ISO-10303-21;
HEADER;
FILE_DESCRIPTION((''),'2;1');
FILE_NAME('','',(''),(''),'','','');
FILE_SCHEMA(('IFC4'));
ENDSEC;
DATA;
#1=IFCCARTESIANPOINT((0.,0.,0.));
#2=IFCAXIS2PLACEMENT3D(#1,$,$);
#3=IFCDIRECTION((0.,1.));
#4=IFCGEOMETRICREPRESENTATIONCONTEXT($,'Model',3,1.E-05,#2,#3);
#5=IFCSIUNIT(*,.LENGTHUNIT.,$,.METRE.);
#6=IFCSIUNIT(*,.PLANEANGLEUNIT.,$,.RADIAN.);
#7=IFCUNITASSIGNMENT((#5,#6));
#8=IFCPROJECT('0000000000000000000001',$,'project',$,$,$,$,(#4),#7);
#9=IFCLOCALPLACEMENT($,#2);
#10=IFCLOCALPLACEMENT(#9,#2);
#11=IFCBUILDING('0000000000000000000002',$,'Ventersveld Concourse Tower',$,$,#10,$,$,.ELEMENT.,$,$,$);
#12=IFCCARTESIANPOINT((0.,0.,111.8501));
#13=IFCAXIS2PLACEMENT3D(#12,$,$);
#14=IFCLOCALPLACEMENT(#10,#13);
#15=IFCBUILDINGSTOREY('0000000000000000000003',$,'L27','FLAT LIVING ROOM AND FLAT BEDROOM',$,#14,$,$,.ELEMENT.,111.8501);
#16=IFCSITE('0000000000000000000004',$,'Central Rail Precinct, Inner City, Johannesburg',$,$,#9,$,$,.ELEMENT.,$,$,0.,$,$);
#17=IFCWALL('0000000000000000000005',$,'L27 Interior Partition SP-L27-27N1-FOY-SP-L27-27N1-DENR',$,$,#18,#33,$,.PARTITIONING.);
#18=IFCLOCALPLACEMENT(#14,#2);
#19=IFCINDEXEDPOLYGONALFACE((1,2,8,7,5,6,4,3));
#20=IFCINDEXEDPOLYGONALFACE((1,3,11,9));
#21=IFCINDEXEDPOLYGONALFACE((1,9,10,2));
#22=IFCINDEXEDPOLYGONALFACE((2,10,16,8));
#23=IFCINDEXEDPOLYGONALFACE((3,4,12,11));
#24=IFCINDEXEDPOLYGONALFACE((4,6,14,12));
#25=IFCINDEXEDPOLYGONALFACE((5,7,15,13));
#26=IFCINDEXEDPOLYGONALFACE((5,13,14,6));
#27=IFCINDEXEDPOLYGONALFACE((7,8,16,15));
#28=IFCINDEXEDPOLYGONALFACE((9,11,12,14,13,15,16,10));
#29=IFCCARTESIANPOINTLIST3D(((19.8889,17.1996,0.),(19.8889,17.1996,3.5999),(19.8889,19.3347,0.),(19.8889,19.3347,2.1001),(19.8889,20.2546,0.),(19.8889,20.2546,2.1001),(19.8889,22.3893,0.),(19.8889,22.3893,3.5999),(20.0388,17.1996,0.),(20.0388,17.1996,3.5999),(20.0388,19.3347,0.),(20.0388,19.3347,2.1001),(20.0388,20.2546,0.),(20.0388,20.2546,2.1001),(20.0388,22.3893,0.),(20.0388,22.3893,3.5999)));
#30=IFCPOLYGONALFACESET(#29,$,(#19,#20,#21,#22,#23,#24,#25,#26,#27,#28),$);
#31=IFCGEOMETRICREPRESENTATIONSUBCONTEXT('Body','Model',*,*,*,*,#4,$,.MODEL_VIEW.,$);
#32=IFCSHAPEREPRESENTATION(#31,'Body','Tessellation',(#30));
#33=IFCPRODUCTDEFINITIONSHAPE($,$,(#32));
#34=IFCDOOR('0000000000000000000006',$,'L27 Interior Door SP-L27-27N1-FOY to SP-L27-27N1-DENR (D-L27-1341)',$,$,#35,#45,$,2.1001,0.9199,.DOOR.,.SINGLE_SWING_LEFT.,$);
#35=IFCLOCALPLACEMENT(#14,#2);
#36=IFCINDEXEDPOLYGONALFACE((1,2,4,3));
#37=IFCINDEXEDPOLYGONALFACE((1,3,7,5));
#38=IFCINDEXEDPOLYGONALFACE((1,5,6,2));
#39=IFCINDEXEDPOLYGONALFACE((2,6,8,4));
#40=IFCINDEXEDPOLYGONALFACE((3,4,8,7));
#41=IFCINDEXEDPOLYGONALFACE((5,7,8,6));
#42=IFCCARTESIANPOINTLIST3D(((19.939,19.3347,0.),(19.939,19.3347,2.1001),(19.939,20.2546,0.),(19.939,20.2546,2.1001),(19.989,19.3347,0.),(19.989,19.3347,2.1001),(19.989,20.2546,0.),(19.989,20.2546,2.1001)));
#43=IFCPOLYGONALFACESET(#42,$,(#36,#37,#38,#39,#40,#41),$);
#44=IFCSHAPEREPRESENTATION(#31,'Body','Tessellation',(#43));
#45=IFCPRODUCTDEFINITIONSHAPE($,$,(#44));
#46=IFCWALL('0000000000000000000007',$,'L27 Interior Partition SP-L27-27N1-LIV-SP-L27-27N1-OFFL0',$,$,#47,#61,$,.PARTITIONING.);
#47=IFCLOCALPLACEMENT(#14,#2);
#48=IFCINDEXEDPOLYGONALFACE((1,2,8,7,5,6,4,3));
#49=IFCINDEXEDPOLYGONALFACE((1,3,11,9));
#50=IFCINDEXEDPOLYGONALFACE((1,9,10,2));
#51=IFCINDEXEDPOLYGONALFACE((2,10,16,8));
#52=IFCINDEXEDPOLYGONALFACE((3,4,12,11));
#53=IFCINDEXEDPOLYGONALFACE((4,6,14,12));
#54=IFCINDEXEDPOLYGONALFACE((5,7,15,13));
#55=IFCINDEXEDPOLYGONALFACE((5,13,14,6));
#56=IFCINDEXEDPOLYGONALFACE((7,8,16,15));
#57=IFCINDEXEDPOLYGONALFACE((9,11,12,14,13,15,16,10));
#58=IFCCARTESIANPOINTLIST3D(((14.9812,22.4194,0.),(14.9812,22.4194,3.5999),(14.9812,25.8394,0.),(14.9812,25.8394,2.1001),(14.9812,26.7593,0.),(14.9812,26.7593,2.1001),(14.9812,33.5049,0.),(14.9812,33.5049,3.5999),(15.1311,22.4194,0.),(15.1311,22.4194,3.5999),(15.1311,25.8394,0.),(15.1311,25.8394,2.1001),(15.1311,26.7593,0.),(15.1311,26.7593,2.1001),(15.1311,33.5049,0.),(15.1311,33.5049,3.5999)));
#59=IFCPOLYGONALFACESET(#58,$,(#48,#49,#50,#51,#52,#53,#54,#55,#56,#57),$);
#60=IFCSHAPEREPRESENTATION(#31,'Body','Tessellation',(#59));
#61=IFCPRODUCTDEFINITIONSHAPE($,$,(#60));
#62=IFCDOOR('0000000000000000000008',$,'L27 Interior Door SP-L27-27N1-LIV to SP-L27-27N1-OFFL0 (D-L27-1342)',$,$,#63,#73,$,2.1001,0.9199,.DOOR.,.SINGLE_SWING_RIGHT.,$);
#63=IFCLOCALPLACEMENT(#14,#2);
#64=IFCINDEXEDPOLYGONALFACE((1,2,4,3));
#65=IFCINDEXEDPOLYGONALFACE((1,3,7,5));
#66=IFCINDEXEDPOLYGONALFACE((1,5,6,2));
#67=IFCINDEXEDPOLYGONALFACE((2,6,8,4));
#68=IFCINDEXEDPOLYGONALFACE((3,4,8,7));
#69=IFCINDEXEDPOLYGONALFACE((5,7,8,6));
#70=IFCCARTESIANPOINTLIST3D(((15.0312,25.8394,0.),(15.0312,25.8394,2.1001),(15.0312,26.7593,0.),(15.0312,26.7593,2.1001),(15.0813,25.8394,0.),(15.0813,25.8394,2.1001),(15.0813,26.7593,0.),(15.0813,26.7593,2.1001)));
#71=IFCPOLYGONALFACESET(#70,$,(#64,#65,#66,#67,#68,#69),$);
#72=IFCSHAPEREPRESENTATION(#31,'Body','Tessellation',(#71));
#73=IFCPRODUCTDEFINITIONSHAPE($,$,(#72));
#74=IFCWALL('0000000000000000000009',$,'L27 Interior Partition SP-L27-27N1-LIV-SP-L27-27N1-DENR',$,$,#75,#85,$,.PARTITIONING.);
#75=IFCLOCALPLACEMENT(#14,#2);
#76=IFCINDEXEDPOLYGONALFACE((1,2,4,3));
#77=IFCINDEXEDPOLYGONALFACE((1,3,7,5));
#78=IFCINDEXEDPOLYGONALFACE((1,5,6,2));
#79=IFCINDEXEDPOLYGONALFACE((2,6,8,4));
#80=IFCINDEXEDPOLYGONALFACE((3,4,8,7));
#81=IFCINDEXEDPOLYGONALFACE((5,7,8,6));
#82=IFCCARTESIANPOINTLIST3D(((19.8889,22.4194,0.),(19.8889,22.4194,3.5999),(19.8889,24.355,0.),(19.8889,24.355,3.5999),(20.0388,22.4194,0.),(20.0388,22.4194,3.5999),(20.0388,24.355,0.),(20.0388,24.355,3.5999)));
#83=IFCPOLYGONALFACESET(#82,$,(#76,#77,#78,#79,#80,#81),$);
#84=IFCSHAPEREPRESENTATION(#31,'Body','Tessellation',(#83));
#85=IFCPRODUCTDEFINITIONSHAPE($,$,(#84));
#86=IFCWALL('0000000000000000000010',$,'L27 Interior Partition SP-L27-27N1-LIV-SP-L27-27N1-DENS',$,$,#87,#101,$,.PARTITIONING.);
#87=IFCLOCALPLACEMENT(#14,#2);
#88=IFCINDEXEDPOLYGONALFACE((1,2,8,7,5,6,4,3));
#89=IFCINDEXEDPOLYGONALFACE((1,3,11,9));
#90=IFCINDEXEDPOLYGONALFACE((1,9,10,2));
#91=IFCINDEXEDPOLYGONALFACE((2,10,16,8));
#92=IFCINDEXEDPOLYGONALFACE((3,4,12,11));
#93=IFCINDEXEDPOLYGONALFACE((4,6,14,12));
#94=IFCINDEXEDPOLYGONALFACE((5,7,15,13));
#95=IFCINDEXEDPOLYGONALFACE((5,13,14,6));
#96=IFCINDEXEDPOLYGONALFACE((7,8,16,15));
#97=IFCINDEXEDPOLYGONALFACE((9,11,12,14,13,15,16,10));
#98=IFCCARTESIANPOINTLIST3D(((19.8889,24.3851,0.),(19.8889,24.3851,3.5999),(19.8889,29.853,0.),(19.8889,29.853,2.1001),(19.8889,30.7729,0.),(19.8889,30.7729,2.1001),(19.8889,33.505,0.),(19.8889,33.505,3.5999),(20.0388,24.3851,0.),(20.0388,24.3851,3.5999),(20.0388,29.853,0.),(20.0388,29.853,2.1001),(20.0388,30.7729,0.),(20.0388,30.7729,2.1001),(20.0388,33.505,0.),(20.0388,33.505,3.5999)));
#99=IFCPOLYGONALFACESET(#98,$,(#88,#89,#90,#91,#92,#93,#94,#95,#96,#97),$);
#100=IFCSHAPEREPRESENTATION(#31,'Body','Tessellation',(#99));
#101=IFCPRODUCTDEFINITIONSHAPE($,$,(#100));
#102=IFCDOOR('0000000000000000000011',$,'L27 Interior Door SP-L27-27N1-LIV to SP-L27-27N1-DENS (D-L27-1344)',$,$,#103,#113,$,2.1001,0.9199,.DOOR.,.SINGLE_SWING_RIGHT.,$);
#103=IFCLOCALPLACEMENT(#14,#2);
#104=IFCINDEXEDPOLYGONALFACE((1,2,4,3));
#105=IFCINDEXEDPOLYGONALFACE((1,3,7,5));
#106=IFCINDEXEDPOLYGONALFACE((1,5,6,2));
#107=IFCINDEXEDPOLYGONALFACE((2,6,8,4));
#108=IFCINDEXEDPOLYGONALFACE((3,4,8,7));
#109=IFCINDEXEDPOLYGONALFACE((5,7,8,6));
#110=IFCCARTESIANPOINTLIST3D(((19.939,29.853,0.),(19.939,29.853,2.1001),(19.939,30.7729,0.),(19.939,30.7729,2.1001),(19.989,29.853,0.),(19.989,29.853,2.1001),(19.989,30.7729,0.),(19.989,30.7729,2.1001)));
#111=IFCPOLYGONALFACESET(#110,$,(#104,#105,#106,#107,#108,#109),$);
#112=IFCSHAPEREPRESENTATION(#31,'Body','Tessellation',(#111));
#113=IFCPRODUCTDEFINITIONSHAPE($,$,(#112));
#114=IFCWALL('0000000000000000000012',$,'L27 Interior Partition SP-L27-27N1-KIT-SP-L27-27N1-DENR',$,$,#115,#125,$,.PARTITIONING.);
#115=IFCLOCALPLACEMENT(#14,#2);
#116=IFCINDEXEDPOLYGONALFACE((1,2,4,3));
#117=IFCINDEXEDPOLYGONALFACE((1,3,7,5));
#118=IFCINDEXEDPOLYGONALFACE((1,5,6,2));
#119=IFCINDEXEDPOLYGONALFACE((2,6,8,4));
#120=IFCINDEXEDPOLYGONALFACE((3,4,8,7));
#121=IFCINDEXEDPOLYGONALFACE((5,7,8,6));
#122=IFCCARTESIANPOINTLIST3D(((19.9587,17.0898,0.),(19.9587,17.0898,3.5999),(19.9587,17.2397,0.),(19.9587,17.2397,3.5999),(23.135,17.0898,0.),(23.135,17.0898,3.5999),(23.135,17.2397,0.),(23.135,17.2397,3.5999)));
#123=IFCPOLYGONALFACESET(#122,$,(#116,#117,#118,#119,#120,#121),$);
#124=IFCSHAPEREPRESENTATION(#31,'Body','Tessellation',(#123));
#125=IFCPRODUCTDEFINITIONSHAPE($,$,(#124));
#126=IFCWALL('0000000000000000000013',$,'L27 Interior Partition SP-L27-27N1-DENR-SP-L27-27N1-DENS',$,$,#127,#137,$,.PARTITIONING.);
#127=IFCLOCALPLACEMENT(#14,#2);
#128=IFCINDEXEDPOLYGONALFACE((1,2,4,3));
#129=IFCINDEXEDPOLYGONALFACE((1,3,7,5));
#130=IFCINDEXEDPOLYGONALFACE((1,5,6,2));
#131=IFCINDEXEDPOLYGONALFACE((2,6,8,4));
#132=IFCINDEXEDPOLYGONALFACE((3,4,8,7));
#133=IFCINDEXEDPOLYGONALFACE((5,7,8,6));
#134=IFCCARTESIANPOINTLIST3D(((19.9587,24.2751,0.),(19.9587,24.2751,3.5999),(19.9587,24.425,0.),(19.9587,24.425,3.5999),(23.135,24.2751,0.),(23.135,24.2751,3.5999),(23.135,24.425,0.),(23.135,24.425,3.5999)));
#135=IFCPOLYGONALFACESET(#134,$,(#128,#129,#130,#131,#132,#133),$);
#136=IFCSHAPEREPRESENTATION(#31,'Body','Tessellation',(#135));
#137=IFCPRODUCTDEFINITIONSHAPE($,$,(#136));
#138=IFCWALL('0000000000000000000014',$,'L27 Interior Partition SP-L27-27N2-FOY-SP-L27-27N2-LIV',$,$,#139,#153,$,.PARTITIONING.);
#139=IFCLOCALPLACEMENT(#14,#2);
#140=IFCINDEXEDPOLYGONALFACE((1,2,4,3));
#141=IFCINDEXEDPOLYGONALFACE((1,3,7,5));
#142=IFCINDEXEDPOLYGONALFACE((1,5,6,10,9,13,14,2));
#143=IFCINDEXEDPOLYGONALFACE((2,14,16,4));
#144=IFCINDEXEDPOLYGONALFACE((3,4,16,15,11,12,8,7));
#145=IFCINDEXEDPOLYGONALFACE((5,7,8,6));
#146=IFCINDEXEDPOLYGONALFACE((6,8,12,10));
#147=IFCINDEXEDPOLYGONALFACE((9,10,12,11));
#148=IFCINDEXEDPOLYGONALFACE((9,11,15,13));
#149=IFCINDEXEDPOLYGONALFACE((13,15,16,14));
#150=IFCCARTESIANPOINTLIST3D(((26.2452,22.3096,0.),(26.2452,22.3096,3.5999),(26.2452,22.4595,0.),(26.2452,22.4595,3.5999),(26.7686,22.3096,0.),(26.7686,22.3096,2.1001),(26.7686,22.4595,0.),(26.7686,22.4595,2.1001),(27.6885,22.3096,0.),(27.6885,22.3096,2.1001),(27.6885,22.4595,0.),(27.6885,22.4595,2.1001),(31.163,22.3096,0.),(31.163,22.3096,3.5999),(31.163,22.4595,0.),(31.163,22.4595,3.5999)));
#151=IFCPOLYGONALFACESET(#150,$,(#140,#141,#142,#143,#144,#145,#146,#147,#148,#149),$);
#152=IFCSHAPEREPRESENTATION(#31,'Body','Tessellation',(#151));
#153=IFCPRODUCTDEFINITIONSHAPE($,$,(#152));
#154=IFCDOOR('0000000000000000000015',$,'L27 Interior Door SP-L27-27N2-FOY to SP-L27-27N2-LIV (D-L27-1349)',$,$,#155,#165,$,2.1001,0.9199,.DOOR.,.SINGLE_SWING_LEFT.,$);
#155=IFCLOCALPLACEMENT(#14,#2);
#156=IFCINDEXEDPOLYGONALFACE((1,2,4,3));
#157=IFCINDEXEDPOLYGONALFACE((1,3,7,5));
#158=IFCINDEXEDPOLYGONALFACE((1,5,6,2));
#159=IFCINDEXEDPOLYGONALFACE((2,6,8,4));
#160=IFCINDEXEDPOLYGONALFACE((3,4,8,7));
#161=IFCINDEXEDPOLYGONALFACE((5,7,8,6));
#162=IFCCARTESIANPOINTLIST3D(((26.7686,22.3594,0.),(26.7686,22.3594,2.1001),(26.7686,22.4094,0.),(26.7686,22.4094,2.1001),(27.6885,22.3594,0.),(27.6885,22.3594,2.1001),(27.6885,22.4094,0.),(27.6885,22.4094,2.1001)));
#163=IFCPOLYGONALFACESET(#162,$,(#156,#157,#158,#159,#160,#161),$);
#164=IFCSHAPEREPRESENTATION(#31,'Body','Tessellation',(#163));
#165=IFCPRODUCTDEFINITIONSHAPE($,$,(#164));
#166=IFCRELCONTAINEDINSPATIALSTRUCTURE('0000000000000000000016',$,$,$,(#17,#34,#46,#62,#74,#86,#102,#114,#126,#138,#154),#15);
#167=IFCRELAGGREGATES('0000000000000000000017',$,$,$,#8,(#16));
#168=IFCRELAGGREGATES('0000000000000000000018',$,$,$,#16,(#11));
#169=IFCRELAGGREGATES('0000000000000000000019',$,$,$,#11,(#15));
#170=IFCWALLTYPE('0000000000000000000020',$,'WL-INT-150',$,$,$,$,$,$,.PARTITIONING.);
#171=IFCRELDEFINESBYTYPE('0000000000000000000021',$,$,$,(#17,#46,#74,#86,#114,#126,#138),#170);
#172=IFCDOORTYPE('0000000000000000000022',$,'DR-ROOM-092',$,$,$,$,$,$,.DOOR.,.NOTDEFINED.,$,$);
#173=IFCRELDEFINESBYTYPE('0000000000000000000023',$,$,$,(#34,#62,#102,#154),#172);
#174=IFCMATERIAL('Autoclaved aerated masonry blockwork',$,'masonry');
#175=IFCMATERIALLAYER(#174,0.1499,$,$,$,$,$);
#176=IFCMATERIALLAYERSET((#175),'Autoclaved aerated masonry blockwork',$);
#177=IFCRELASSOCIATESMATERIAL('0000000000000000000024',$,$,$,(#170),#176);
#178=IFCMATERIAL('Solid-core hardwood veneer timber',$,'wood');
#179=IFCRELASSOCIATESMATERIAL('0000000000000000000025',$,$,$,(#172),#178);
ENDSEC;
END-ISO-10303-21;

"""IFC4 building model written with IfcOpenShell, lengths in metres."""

from ifc_helpers import new_model, si_unit, direction, frame, frame_2d, origin, place, context, subcontext, project, spatial, rectangle, extrude, material, layer, layer_set, type_object, element, fill, save


model = new_model("IFC4")

# Units and contexts
model_context = context("Model", 3, precision=1e-05, world=origin(), true_north=direction((0.0, 1.0)))
body_context = subcontext(model_context, "Body", "Model", "MODEL_VIEW")
ifc_project = project(units=[si_unit("LENGTHUNIT", "METRE"), si_unit("PLANEANGLEUNIT", "RADIAN")], contexts=[model_context])

# Site, building, storey
site_placement = place(None, origin())
site = spatial("IfcSite", under=ifc_project, at=site_placement, Name="Central Rail Precinct, Inner City, Johannesburg", CompositionType="ELEMENT", RefElevation=0.0)
building_placement = place(site_placement, origin())
building = spatial("IfcBuilding", under=site, at=building_placement, Name="Ventersveld Concourse Tower", CompositionType="ELEMENT")
storey_placement = place(building_placement, frame((0.0, 0.0, 111.8501)))
storey = spatial("IfcBuildingStorey", under=building, at=storey_placement, Name="L27", Description="FLAT LIVING ROOM AND FLAT BEDROOM", CompositionType="ELEMENT", Elevation=111.8501)

# Shared definitions
ifc_material_1 = material(Name="Solid-core hardwood veneer timber", Category="wood")

# Walls, openings, doors
ifc_material_2 = material(Name="Autoclaved aerated masonry blockwork", Category="masonry")
ifc_layer_1 = layer(ifc_material_2, 0.1499)
ifc_layer_set_1 = layer_set([ifc_layer_1], Name="Autoclaved aerated masonry blockwork")
wall_type_1 = type_object("IfcWallType", Name="WL-INT-150", PredefinedType="PARTITIONING", material=ifc_layer_set_1)
door_type_1 = type_object("IfcDoorType", Name="DR-ROOM-092", OperationType="NOTDEFINED", PredefinedType="DOOR", material=ifc_material_1)
wall_1_placement = place(storey_placement, frame((19.9639, 17.1997, 0.0), z_axis=(0.0, 0.0, 1.0), x_axis=(0.0, 1.0, 0.0)))
wall_1 = element("IfcWall", 1, at=wall_1_placement, inside=storey, type_object=wall_type_1, Name="L27 Interior Partition SP-L27-27N1-FOY-SP-L27-27N1-DENR", PredefinedType="PARTITIONING", context=body_context, shape_type="SweptSolid", body=[
    extrude(rectangle(XDim=5.1897, YDim=0.1499, at=frame_2d((2.5947, 0.0))), origin(), (0.0, 0.0, 1.0), 3.5999),
])
opening_1_placement = place(wall_1_placement, frame((2.135, 0.0, 0.0)))
opening_1 = element("IfcOpeningElement", 2, at=opening_1_placement, cuts=wall_1, PredefinedType="OPENING", context=body_context, shape_type="SweptSolid", body=[
    extrude(rectangle(XDim=0.9199, YDim=2.1001, at=frame_2d((0.46, 1.05))), frame((0.0, 0.085, 0.0), z_axis=(0.0, -1.0, 0.0), x_axis=(1.0, 0.0, 0.0)), (0.0, 0.0, 1.0), 0.1699),
])
door_1_placement = place(opening_1_placement, origin())
door_1 = element("IfcDoor", 3, at=door_1_placement, inside=storey, type_object=door_type_1, Name="L27 Interior Door SP-L27-27N1-FOY to SP-L27-27N1-DENR (D-L27-1341)", OperationType="SINGLE_SWING_LEFT", OverallHeight=2.1001, OverallWidth=0.9199, PredefinedType="DOOR", context=body_context, shape_type="SweptSolid", body=[
    extrude(rectangle(XDim=0.9199, YDim=2.1001, at=frame_2d((0.46, 1.05))), frame((0.0, 0.0249, 0.0), z_axis=(0.0, -1.0, 0.0), x_axis=(1.0, 0.0, 0.0)), (0.0, 0.0, 1.0), 0.05),
])
fill(opening_1, door_1)
wall_2_placement = place(storey_placement, frame((15.0562, 22.4194, 0.0), z_axis=(0.0, 0.0, 1.0), x_axis=(0.0, 1.0, 0.0)))
wall_2 = element("IfcWall", 4, at=wall_2_placement, inside=storey, type_object=wall_type_1, Name="L27 Interior Partition SP-L27-27N1-LIV-SP-L27-27N1-OFFL0", PredefinedType="PARTITIONING", context=body_context, shape_type="SweptSolid", body=[
    extrude(rectangle(XDim=11.0854, YDim=0.1499, at=frame_2d((5.5427, 0.0))), origin(), (0.0, 0.0, 1.0), 3.5999),
])
opening_2_placement = place(wall_2_placement, frame((3.4199, 0.0, 0.0)))
opening_2 = element("IfcOpeningElement", 5, at=opening_2_placement, cuts=wall_2, PredefinedType="OPENING", context=body_context, shape_type="SweptSolid", body=[
    extrude(rectangle(XDim=0.9199, YDim=2.1001, at=frame_2d((0.46, 1.05))), frame((0.0, 0.085, 0.0), z_axis=(0.0, -1.0, 0.0), x_axis=(1.0, 0.0, 0.0)), (0.0, 0.0, 1.0), 0.1699),
])
door_2_placement = place(opening_2_placement, origin())
door_2 = element("IfcDoor", 6, at=door_2_placement, inside=storey, type_object=door_type_1, Name="L27 Interior Door SP-L27-27N1-LIV to SP-L27-27N1-OFFL0 (D-L27-1342)", OperationType="SINGLE_SWING_RIGHT", OverallHeight=2.1001, OverallWidth=0.9199, PredefinedType="DOOR", context=body_context, shape_type="SweptSolid", body=[
    extrude(rectangle(XDim=0.9199, YDim=2.1001, at=frame_2d((0.46, 1.05))), frame((0.0, 0.0249, 0.0), z_axis=(0.0, -1.0, 0.0), x_axis=(1.0, 0.0, 0.0)), (0.0, 0.0, 1.0), 0.05),
])
fill(opening_2, door_2)

# Wall
wall_3_placement = place(storey_placement, frame((19.9639, 22.4194, 0.0), z_axis=(0.0, 0.0, 1.0), x_axis=(0.0, 1.0, 0.0)))
element("IfcWall", 7, at=wall_3_placement, inside=storey, type_object=wall_type_1, Name="L27 Interior Partition SP-L27-27N1-LIV-SP-L27-27N1-DENR", PredefinedType="PARTITIONING", context=body_context, shape_type="SweptSolid", body=[
    extrude(rectangle(XDim=1.9355, YDim=0.1499, at=frame_2d((0.9678, 0.0))), origin(), (0.0, 0.0, 1.0), 3.5999),
])

# Wall, opening, door
wall_4_placement = place(storey_placement, frame((19.9639, 24.385, 0.0), z_axis=(0.0, 0.0, 1.0), x_axis=(0.0, 1.0, 0.0)))
wall_4 = element("IfcWall", 8, at=wall_4_placement, inside=storey, type_object=wall_type_1, Name="L27 Interior Partition SP-L27-27N1-LIV-SP-L27-27N1-DENS", PredefinedType="PARTITIONING", context=body_context, shape_type="SweptSolid", body=[
    extrude(rectangle(XDim=9.1199, YDim=0.1499, at=frame_2d((4.5601, 0.0))), origin(), (0.0, 0.0, 1.0), 3.5999),
])
opening_3_placement = place(wall_4_placement, frame((5.468, 0.0, 0.0)))
opening_3 = element("IfcOpeningElement", 9, at=opening_3_placement, cuts=wall_4, PredefinedType="OPENING", context=body_context, shape_type="SweptSolid", body=[
    extrude(rectangle(XDim=0.9199, YDim=2.1001, at=frame_2d((0.46, 1.05))), frame((0.0, 0.085, 0.0), z_axis=(0.0, -1.0, 0.0), x_axis=(1.0, 0.0, 0.0)), (0.0, 0.0, 1.0), 0.1699),
])
door_3_placement = place(opening_3_placement, origin())
door_3 = element("IfcDoor", 10, at=door_3_placement, inside=storey, type_object=door_type_1, Name="L27 Interior Door SP-L27-27N1-LIV to SP-L27-27N1-DENS (D-L27-1344)", OperationType="SINGLE_SWING_RIGHT", OverallHeight=2.1001, OverallWidth=0.9199, PredefinedType="DOOR", context=body_context, shape_type="SweptSolid", body=[
    extrude(rectangle(XDim=0.9199, YDim=2.1001, at=frame_2d((0.46, 1.05))), frame((0.0, 0.0249, 0.0), z_axis=(0.0, -1.0, 0.0), x_axis=(1.0, 0.0, 0.0)), (0.0, 0.0, 1.0), 0.05),
])
fill(opening_3, door_3)

# Walls
for number, where, z_axis, x_axis, name in (
    (11, (19.9587, 17.1648, 0.0), (0.0, 0.0, 1.0), (1.0, 0.0, 0.0), "L27 Interior Partition SP-L27-27N1-KIT-SP-L27-27N1-DENR"),
    (12, (19.9587, 24.3501, 0.0), (0.0, 0.0, 1.0), (1.0, 0.0, 0.0), "L27 Interior Partition SP-L27-27N1-DENR-SP-L27-27N1-DENS"),
):
    element("IfcWall", number, at=place(storey_placement, frame(where, z_axis=z_axis, x_axis=x_axis)), inside=storey, type_object=wall_type_1, Name=name, PredefinedType="PARTITIONING", context=body_context, shape_type="SweptSolid", body=[
        extrude(rectangle(XDim=3.1763, YDim=0.1499, at=frame_2d((1.5881, 0.0))), origin(), (0.0, 0.0, 1.0), 3.5999),
    ])

# Wall, opening, door
wall_5_placement = place(storey_placement, frame((26.2451, 22.3845, 0.0), z_axis=(0.0, 0.0, 1.0), x_axis=(1.0, 0.0, 0.0)))
wall_5 = element("IfcWall", 13, at=wall_5_placement, inside=storey, type_object=wall_type_1, Name="L27 Interior Partition SP-L27-27N2-FOY-SP-L27-27N2-LIV", PredefinedType="PARTITIONING", context=body_context, shape_type="SweptSolid", body=[
    extrude(rectangle(XDim=4.9177, YDim=0.1499, at=frame_2d((2.459, 0.0))), origin(), (0.0, 0.0, 1.0), 3.5999),
])
opening_4_placement = place(wall_5_placement, frame((0.5234, 0.0, 0.0)))
opening_4 = element("IfcOpeningElement", 14, at=opening_4_placement, cuts=wall_5, PredefinedType="OPENING", context=body_context, shape_type="SweptSolid", body=[
    extrude(rectangle(XDim=0.9199, YDim=2.1001, at=frame_2d((0.46, 1.05))), frame((0.0, 0.085, 0.0), z_axis=(0.0, -1.0, 0.0), x_axis=(1.0, 0.0, 0.0)), (0.0, 0.0, 1.0), 0.1699),
])
door_4_placement = place(opening_4_placement, origin())
door_4 = element("IfcDoor", 15, at=door_4_placement, inside=storey, type_object=door_type_1, Name="L27 Interior Door SP-L27-27N2-FOY to SP-L27-27N2-LIV (D-L27-1349)", OperationType="SINGLE_SWING_LEFT", OverallHeight=2.1001, OverallWidth=0.9199, PredefinedType="DOOR", context=body_context, shape_type="SweptSolid", body=[
    extrude(rectangle(XDim=0.9199, YDim=2.1001, at=frame_2d((0.46, 1.05))), frame((0.0, 0.0249, 0.0), z_axis=(0.0, -1.0, 0.0), x_axis=(1.0, 0.0, 0.0)), (0.0, 0.0, 1.0), 0.05),
])
fill(opening_4, door_4)

save(model, "model.ifc")
